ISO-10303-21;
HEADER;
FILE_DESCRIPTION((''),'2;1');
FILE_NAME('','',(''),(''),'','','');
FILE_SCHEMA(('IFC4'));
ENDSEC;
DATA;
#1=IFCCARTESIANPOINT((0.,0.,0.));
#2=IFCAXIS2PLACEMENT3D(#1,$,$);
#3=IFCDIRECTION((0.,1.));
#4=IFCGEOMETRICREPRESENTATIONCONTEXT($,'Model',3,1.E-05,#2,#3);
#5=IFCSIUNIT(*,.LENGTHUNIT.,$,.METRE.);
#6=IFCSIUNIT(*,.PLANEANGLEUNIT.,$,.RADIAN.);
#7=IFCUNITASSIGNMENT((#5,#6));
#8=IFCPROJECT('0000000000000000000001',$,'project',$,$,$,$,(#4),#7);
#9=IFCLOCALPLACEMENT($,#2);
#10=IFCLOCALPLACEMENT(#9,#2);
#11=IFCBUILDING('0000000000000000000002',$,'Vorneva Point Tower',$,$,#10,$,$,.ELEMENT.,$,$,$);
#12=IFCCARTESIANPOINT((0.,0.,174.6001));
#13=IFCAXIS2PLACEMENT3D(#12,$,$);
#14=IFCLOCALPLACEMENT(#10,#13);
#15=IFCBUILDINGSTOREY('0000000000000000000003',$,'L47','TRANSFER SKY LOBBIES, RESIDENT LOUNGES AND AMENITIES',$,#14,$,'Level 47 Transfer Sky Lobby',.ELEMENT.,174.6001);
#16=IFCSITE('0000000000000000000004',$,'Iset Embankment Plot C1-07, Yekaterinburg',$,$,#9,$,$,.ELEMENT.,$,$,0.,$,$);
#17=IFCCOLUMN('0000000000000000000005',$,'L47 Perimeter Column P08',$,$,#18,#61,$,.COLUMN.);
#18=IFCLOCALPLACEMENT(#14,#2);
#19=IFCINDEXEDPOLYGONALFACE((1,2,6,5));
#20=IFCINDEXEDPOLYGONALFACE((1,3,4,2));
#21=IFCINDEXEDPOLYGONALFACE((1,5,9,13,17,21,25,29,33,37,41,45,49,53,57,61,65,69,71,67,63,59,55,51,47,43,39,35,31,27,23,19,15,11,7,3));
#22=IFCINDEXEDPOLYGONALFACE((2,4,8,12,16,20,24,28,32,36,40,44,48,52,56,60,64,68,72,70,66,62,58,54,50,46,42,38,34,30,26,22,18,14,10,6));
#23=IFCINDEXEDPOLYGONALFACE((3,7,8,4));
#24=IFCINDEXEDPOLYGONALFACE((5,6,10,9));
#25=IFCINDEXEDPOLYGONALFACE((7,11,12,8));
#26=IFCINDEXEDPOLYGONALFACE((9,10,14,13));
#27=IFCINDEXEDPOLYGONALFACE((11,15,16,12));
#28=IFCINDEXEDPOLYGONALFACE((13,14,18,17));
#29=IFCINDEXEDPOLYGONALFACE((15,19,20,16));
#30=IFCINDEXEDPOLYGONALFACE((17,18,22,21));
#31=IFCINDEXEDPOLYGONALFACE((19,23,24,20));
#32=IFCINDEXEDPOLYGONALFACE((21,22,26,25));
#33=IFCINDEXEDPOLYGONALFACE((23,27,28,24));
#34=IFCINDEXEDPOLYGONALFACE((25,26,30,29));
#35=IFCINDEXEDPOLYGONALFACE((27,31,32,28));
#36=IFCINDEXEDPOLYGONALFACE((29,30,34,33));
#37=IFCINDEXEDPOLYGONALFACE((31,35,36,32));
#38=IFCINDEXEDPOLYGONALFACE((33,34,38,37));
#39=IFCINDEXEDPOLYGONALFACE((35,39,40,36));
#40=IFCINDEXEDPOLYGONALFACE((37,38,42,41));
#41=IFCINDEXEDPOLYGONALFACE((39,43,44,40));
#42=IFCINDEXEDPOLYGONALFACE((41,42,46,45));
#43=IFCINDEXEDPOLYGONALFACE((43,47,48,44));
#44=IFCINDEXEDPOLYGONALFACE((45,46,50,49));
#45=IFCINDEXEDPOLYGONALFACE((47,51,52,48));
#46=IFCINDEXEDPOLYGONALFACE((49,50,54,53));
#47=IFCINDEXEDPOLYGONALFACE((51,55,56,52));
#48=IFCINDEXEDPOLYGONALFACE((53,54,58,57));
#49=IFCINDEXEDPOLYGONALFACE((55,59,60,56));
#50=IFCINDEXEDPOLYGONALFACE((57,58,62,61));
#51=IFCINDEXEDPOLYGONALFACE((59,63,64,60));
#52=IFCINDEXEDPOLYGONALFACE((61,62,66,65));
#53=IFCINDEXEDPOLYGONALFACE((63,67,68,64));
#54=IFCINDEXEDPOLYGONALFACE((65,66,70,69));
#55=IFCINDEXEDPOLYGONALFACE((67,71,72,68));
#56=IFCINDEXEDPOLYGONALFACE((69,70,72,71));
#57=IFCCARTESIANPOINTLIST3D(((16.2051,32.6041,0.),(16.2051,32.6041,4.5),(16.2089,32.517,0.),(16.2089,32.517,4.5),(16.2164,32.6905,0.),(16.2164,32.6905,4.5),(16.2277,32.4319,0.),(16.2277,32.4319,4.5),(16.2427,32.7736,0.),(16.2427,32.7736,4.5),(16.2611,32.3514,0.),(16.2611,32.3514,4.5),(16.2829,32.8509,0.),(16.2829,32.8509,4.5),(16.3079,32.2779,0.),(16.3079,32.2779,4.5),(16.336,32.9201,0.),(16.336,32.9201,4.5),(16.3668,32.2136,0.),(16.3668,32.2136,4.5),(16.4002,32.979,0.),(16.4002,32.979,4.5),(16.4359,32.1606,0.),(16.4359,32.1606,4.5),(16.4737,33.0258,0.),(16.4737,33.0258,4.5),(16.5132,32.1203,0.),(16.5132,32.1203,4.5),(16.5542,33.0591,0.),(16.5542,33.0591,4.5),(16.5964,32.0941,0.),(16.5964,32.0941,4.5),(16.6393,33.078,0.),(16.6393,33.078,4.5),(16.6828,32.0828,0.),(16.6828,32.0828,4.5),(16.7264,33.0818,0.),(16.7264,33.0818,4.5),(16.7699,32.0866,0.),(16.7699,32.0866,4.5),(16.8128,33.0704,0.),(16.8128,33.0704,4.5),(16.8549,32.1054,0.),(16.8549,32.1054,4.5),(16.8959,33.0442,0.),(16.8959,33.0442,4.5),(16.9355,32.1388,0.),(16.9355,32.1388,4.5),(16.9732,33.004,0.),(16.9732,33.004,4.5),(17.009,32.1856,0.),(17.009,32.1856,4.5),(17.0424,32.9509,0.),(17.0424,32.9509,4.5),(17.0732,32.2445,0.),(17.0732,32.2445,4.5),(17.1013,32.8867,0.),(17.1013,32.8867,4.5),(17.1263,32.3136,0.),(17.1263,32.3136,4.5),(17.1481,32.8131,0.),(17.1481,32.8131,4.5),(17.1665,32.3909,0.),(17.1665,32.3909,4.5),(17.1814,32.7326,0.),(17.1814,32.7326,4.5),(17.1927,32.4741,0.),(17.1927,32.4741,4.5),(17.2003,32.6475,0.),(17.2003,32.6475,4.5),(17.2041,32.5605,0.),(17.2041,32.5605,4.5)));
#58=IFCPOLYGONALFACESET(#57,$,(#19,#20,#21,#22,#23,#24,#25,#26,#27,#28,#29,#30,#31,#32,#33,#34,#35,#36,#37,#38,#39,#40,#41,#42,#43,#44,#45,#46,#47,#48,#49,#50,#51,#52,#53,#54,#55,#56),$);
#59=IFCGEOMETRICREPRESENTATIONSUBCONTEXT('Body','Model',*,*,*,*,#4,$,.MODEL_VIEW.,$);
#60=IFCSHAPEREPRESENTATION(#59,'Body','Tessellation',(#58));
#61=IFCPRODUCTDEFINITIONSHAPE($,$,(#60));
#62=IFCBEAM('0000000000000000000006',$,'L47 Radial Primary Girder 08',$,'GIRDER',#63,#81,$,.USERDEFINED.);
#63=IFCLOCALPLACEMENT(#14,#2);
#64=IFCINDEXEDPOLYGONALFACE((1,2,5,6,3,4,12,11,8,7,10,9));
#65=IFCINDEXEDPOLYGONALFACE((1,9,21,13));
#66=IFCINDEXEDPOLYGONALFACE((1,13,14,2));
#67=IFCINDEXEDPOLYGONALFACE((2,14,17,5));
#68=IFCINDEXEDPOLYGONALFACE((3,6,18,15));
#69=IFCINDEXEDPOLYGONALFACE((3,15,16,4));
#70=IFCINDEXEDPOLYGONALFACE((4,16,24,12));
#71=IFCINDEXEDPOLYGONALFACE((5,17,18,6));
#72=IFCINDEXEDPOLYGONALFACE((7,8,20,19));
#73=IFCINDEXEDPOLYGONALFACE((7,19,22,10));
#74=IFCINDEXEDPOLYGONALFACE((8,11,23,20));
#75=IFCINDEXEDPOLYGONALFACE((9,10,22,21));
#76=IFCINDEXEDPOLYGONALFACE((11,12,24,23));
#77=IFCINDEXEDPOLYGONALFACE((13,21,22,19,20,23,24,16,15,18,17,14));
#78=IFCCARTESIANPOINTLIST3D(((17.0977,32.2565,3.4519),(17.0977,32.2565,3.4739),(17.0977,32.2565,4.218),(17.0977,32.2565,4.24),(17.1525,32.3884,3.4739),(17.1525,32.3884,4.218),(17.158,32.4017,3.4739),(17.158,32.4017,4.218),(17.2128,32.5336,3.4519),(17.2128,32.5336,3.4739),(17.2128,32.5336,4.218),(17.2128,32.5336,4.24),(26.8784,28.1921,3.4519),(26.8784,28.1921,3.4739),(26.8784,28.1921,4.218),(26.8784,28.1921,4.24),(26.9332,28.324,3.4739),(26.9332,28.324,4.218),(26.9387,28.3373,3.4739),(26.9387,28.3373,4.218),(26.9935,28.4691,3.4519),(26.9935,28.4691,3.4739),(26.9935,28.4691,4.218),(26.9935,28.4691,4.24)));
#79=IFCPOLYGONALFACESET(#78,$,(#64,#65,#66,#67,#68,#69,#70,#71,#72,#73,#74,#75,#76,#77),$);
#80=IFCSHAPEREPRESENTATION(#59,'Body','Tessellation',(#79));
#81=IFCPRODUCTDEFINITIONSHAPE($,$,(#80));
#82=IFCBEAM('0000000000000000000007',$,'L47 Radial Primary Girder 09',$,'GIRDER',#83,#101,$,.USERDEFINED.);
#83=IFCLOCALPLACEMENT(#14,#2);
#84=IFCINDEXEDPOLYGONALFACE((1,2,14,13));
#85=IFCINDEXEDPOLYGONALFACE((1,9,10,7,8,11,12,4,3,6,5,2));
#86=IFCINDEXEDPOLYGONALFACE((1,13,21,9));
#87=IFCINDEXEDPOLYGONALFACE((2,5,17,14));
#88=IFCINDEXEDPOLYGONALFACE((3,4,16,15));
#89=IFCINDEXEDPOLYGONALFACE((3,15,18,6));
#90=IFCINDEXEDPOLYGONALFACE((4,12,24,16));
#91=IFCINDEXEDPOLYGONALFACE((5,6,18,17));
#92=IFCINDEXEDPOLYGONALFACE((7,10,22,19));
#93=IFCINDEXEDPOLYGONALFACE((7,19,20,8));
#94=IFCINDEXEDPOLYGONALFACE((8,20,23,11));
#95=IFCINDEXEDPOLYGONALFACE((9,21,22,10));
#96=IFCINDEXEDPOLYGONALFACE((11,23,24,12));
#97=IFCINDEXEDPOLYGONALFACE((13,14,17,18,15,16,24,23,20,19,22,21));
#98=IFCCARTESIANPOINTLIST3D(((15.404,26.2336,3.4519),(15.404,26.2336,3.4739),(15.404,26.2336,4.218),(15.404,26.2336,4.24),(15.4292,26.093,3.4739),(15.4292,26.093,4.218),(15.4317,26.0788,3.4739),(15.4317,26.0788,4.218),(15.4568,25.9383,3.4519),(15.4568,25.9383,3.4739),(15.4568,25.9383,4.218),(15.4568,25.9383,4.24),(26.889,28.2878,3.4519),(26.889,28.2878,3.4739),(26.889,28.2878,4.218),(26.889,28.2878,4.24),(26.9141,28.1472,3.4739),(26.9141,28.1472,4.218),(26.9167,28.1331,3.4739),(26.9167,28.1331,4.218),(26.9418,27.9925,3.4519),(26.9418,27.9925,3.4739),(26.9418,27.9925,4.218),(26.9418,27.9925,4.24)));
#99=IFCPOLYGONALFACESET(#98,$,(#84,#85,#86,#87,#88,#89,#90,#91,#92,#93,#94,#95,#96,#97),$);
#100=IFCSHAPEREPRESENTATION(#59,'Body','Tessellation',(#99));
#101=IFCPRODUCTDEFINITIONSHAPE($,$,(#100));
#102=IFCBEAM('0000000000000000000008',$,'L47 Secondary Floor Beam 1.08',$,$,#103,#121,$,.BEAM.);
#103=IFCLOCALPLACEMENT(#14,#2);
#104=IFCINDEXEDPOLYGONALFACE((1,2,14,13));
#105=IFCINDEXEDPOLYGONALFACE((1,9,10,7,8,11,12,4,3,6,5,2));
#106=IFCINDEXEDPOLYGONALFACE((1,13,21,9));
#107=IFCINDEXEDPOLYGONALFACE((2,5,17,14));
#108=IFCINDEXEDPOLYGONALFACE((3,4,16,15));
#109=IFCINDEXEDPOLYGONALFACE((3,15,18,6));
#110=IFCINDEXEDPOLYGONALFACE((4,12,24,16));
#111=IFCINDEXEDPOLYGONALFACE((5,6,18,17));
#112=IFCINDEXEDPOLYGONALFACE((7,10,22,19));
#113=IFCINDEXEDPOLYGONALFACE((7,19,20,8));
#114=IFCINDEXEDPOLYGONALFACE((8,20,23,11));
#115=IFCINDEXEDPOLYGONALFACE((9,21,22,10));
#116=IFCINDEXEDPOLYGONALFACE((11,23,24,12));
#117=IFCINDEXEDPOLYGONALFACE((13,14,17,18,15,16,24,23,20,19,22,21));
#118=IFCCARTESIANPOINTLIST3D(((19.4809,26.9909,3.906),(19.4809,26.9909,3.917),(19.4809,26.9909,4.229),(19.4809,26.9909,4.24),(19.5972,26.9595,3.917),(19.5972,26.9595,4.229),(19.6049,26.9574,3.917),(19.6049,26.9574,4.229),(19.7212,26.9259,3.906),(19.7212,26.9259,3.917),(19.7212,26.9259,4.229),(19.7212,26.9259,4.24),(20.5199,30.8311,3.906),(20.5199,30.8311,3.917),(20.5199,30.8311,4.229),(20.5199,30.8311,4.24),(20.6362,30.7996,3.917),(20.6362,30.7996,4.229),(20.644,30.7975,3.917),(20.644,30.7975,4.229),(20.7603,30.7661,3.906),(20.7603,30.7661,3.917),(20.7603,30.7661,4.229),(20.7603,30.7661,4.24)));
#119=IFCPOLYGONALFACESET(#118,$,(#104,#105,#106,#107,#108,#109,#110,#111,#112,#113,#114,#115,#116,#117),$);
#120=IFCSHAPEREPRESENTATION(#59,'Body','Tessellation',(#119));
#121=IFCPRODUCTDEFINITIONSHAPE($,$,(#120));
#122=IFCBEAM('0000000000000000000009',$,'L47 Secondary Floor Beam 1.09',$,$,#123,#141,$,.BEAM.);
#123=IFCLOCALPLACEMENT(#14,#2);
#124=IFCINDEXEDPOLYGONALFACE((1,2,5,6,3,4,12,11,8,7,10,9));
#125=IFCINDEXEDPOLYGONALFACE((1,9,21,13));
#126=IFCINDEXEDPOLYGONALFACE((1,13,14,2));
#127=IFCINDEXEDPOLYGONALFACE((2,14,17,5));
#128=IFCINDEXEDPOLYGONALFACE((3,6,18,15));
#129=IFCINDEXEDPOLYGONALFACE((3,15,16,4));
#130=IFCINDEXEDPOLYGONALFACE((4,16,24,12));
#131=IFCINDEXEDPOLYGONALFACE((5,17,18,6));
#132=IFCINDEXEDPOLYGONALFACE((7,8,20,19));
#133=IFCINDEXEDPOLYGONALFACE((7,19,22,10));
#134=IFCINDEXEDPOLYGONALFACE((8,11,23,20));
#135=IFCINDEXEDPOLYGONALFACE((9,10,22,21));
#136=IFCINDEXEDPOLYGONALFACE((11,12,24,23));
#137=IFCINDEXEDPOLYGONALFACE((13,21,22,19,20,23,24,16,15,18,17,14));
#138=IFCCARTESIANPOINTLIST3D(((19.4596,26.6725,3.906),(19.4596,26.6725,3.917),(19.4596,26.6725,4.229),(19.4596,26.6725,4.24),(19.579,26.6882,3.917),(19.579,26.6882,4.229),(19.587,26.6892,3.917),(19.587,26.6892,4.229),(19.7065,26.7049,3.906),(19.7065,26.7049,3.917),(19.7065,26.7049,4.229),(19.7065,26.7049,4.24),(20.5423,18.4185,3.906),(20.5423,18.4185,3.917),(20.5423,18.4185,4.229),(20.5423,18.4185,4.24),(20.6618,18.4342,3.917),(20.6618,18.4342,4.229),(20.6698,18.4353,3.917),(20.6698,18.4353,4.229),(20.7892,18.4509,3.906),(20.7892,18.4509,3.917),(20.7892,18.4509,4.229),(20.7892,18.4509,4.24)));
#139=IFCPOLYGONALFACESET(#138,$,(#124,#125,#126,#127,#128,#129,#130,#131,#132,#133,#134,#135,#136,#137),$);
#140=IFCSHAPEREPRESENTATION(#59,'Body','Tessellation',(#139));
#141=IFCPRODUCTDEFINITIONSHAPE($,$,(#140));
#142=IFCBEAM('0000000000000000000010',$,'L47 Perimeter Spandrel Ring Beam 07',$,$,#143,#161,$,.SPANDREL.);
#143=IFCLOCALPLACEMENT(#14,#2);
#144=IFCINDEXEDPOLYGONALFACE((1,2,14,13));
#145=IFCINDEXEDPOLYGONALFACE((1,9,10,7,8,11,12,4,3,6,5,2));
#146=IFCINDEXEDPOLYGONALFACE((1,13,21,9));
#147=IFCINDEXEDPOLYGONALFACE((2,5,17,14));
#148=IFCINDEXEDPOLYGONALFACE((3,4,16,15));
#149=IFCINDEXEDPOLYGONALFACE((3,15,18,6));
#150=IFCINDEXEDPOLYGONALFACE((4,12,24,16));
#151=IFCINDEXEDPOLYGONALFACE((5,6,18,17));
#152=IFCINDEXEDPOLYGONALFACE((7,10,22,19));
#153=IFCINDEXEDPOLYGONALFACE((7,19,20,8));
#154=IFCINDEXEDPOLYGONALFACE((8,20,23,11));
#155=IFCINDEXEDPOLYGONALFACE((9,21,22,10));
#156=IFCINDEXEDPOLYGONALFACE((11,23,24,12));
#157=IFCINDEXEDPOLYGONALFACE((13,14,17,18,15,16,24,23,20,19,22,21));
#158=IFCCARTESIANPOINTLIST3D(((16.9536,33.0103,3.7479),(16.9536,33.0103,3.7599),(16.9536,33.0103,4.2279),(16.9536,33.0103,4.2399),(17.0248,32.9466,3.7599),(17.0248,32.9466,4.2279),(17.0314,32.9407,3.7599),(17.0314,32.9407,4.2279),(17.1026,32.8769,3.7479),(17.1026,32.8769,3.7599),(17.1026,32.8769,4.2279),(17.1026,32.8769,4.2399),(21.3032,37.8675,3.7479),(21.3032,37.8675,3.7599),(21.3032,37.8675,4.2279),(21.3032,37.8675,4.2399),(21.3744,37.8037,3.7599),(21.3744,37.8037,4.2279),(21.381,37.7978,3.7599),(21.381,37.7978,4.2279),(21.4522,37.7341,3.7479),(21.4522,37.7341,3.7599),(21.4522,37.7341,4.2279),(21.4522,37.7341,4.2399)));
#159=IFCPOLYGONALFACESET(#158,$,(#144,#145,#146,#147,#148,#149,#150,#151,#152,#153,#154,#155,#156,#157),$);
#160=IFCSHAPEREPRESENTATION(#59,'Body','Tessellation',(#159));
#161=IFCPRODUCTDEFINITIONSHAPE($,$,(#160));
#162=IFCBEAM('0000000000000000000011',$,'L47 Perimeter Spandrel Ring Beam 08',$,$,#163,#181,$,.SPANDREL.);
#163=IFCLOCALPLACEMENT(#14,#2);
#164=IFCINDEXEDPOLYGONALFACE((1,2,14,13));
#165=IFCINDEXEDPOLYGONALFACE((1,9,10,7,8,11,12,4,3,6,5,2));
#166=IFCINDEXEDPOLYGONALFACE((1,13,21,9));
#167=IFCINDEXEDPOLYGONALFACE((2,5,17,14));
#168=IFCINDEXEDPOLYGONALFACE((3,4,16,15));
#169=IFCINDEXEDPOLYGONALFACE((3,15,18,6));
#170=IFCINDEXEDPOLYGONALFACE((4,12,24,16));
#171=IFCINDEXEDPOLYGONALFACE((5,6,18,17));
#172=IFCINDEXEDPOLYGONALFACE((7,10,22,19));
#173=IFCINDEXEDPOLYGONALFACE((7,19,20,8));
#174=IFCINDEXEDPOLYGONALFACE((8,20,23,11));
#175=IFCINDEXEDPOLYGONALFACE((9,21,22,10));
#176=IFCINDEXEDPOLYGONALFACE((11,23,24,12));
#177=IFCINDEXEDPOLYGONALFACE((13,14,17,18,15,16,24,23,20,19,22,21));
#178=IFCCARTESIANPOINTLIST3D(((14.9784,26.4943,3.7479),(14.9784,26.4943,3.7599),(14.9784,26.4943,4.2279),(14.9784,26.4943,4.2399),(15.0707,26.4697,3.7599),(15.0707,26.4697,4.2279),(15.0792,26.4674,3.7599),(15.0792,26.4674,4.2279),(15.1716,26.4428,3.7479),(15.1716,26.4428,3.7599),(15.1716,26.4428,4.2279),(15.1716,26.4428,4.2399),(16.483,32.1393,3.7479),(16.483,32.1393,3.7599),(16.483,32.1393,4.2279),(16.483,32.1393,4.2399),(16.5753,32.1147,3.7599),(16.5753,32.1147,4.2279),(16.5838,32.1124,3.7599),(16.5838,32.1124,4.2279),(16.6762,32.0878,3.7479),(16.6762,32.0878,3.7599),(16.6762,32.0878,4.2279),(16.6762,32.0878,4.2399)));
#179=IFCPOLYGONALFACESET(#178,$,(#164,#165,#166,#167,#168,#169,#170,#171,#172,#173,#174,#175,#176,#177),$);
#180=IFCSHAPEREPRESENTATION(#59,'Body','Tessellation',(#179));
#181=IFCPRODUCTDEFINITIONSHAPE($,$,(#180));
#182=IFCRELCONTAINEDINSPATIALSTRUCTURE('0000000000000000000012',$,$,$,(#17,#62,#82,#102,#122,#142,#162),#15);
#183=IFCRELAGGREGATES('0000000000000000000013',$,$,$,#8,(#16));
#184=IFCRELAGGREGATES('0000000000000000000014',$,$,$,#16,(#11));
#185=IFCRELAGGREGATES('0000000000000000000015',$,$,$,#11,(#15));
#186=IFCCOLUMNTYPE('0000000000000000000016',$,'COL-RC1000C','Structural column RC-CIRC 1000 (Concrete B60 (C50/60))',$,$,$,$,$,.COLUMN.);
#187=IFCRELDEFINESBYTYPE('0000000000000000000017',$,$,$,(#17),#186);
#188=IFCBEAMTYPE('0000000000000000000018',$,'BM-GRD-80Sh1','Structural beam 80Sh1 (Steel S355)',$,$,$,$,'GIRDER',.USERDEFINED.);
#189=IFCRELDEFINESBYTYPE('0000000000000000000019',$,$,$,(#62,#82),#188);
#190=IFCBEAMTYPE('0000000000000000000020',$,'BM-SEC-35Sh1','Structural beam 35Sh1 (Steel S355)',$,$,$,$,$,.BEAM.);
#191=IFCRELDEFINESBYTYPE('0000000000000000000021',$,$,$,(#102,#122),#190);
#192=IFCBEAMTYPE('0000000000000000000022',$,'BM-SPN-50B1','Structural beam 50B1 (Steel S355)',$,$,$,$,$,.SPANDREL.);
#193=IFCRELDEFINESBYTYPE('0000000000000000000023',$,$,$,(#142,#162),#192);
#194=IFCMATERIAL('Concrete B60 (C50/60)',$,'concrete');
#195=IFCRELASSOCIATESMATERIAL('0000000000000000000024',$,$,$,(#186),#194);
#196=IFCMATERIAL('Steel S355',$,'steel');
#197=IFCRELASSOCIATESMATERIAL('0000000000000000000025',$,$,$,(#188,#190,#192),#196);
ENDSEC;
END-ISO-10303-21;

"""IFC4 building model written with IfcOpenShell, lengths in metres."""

from ifc_helpers import new_model, si_unit, direction, frame, origin, origin_2d, place, context, subcontext, project, spatial, circle, i_section, extrude, material, material_profile, profile_set, type_object, element, save


model = new_model("IFC4")

# Units and contexts
model_context = context("Model", 3, precision=1e-05, world=origin(), true_north=direction((0.0, 1.0)))
body_context = subcontext(model_context, "Body", "Model", "MODEL_VIEW")
ifc_project = project(units=[si_unit("LENGTHUNIT", "METRE"), si_unit("PLANEANGLEUNIT", "RADIAN")], contexts=[model_context])

# Site, building, storey
site_placement = place(None, origin())
site = spatial("IfcSite", under=ifc_project, at=site_placement, Name="Iset Embankment Plot C1-07, Yekaterinburg", CompositionType="ELEMENT", RefElevation=0.0)
building_placement = place(site_placement, origin())
building = spatial("IfcBuilding", under=site, at=building_placement, Name="Vorneva Point Tower", CompositionType="ELEMENT")
storey_placement = place(building_placement, frame((0.0, 0.0, 174.6001)))
storey = spatial("IfcBuildingStorey", under=building, at=storey_placement, Name="L47", Description="TRANSFER SKY LOBBIES, RESIDENT LOUNGES AND AMENITIES", LongName="Level 47 Transfer Sky Lobby", CompositionType="ELEMENT", Elevation=174.6001)

# Column
ifc_material_1 = material(Name="Concrete B60 (C50/60)", Category="concrete")
ifc_material_profile_1 = material_profile(ifc_material_1, circle(Radius=0.5, at=origin_2d()), Name="RC-CIRC 1000")
ifc_profile_set_1 = profile_set([ifc_material_profile_1], Name="Concrete B60 (C50/60)")
column_type = type_object("IfcColumnType", Name="COL-RC1000C", Description="Structural column RC-CIRC 1000 (Concrete B60 (C50/60))", PredefinedType="COLUMN", material=ifc_profile_set_1)
column_placement = place(storey_placement, frame((16.7046, 32.5823, 0.0), z_axis=(0.0, 0.0, 1.0), x_axis=(-0.92388, 0.382683, 0.0)))
element("IfcColumn", 1, at=column_placement, inside=storey, type_object=column_type, Name="L47 Perimeter Column P08", PredefinedType="COLUMN", context=body_context, shape_type="SweptSolid", body=[
    extrude(circle(Radius=0.5, at=origin_2d()), origin(), (0.0, 0.0, 1.0), 4.5),
])

# Beams
ifc_material_2 = material(Name="Steel S355", Category="steel")
ifc_material_profile_2 = material_profile(ifc_material_2, i_section(OverallWidth=0.3, OverallDepth=0.7881, WebThickness=0.0144, FlangeThickness=0.022, at=origin_2d()), Name="80Sh1")
ifc_profile_set_2 = profile_set([ifc_material_profile_2], Name="Steel S355")
beam_type_1 = type_object("IfcBeamType", Name="BM-GRD-80Sh1", Description="Structural beam 80Sh1 (Steel S355)", ElementType="GIRDER", PredefinedType="USERDEFINED", material=ifc_profile_set_2)
beam_1_placement = place(storey_placement, frame((17.1553, 32.395, 3.8459), z_axis=(0.923441, -0.383741, 0.0), x_axis=(0.383741, 0.923441, 0.0)))
element("IfcBeam", 2, at=beam_1_placement, inside=storey, type_object=beam_type_1, Name="L47 Radial Primary Girder 08", ObjectType="GIRDER", PredefinedType="USERDEFINED", context=body_context, shape_type="SweptSolid", body=[
    extrude(i_section(OverallWidth=0.3, OverallDepth=0.7881, WebThickness=0.0144, FlangeThickness=0.022, at=origin_2d()), origin(), (0.0, 0.0, 1.0), 10.5916),
])
beam_2_placement = place(storey_placement, frame((15.4304, 26.0859, 3.8459), z_axis=(0.984378, 0.176067, 0.0), x_axis=(-0.176067, 0.984378, 0.0)))
element("IfcBeam", 3, at=beam_2_placement, inside=storey, type_object=beam_type_1, Name="L47 Radial Primary Girder 09", ObjectType="GIRDER", PredefinedType="USERDEFINED", context=body_context, shape_type="SweptSolid", body=[
    extrude(i_section(OverallWidth=0.3, OverallDepth=0.7881, WebThickness=0.0144, FlangeThickness=0.022, at=origin_2d()), origin(), (0.0, 0.0, 1.0), 11.6672),
])
ifc_material_profile_3 = material_profile(ifc_material_2, i_section(OverallWidth=0.249, OverallDepth=0.334, WebThickness=0.0081, FlangeThickness=0.011, at=origin_2d()), Name="35Sh1")
ifc_profile_set_3 = profile_set([ifc_material_profile_3], Name="Steel S355")
beam_type_2 = type_object("IfcBeamType", Name="BM-SEC-35Sh1", Description="Structural beam 35Sh1 (Steel S355)", PredefinedType="BEAM", material=ifc_profile_set_3)
beam_3_placement = place(storey_placement, frame((20.6401, 30.7986, 4.073), z_axis=(-0.26119, -0.965287, 0.0), x_axis=(0.965287, -0.26119, 0.0)))
element("IfcBeam", 4, at=beam_3_placement, inside=storey, type_object=beam_type_2, Name="L47 Secondary Floor Beam 1.08", PredefinedType="BEAM", context=body_context, shape_type="SweptSolid", body=[
    extrude(i_section(OverallWidth=0.249, OverallDepth=0.334, WebThickness=0.0081, FlangeThickness=0.011, at=origin_2d()), origin(), (0.0, 0.0, 1.0), 3.9783),
])
beam_4_placement = place(storey_placement, frame((19.583, 26.6887, 4.073), z_axis=(0.130068, -0.991505, 0.0), x_axis=(0.991505, 0.130068, 0.0)))
element("IfcBeam", 5, at=beam_4_placement, inside=storey, type_object=beam_type_2, Name="L47 Secondary Floor Beam 1.09", PredefinedType="BEAM", context=body_context, shape_type="SweptSolid", body=[
    extrude(i_section(OverallWidth=0.249, OverallDepth=0.334, WebThickness=0.0081, FlangeThickness=0.011, at=origin_2d()), origin(), (0.0, 0.0, 1.0), 8.3247),
])
ifc_material_profile_4 = material_profile(ifc_material_2, i_section(OverallWidth=0.2, OverallDepth=0.4919, WebThickness=0.0088, FlangeThickness=0.012, at=origin_2d()), Name="50B1")
ifc_profile_set_4 = profile_set([ifc_material_profile_4], Name="Steel S355")
beam_type_3 = type_object("IfcBeamType", Name="BM-SPN-50B1", Description="Structural beam 50B1 (Steel S355)", PredefinedType="SPANDREL", material=ifc_profile_set_4)
beam_5_placement = place(storey_placement, frame((21.3777, 37.8008, 3.9939), z_axis=(-0.667111, -0.744958, 0.0), x_axis=(0.744958, -0.667111, 0.0)))
element("IfcBeam", 6, at=beam_5_placement, inside=storey, type_object=beam_type_3, Name="L47 Perimeter Spandrel Ring Beam 07", PredefinedType="SPANDREL", context=body_context, shape_type="SweptSolid", body=[
    extrude(i_section(OverallWidth=0.2, OverallDepth=0.4919, WebThickness=0.0088, FlangeThickness=0.012, at=origin_2d()), origin(), (0.0, 0.0, 1.0), 6.52),
])
beam_6_placement = place(storey_placement, frame((16.5796, 32.1135, 3.9939), z_axis=(-0.257551, -0.966265, 0.0), x_axis=(0.966265, -0.257551, 0.0)))
element("IfcBeam", 7, at=beam_6_placement, inside=storey, type_object=beam_type_3, Name="L47 Perimeter Spandrel Ring Beam 08", PredefinedType="SPANDREL", context=body_context, shape_type="SweptSolid", body=[
    extrude(i_section(OverallWidth=0.2, OverallDepth=0.4919, WebThickness=0.0088, FlangeThickness=0.012, at=origin_2d()), origin(), (0.0, 0.0, 1.0), 5.842),
])

save(model, "model.ifc")
